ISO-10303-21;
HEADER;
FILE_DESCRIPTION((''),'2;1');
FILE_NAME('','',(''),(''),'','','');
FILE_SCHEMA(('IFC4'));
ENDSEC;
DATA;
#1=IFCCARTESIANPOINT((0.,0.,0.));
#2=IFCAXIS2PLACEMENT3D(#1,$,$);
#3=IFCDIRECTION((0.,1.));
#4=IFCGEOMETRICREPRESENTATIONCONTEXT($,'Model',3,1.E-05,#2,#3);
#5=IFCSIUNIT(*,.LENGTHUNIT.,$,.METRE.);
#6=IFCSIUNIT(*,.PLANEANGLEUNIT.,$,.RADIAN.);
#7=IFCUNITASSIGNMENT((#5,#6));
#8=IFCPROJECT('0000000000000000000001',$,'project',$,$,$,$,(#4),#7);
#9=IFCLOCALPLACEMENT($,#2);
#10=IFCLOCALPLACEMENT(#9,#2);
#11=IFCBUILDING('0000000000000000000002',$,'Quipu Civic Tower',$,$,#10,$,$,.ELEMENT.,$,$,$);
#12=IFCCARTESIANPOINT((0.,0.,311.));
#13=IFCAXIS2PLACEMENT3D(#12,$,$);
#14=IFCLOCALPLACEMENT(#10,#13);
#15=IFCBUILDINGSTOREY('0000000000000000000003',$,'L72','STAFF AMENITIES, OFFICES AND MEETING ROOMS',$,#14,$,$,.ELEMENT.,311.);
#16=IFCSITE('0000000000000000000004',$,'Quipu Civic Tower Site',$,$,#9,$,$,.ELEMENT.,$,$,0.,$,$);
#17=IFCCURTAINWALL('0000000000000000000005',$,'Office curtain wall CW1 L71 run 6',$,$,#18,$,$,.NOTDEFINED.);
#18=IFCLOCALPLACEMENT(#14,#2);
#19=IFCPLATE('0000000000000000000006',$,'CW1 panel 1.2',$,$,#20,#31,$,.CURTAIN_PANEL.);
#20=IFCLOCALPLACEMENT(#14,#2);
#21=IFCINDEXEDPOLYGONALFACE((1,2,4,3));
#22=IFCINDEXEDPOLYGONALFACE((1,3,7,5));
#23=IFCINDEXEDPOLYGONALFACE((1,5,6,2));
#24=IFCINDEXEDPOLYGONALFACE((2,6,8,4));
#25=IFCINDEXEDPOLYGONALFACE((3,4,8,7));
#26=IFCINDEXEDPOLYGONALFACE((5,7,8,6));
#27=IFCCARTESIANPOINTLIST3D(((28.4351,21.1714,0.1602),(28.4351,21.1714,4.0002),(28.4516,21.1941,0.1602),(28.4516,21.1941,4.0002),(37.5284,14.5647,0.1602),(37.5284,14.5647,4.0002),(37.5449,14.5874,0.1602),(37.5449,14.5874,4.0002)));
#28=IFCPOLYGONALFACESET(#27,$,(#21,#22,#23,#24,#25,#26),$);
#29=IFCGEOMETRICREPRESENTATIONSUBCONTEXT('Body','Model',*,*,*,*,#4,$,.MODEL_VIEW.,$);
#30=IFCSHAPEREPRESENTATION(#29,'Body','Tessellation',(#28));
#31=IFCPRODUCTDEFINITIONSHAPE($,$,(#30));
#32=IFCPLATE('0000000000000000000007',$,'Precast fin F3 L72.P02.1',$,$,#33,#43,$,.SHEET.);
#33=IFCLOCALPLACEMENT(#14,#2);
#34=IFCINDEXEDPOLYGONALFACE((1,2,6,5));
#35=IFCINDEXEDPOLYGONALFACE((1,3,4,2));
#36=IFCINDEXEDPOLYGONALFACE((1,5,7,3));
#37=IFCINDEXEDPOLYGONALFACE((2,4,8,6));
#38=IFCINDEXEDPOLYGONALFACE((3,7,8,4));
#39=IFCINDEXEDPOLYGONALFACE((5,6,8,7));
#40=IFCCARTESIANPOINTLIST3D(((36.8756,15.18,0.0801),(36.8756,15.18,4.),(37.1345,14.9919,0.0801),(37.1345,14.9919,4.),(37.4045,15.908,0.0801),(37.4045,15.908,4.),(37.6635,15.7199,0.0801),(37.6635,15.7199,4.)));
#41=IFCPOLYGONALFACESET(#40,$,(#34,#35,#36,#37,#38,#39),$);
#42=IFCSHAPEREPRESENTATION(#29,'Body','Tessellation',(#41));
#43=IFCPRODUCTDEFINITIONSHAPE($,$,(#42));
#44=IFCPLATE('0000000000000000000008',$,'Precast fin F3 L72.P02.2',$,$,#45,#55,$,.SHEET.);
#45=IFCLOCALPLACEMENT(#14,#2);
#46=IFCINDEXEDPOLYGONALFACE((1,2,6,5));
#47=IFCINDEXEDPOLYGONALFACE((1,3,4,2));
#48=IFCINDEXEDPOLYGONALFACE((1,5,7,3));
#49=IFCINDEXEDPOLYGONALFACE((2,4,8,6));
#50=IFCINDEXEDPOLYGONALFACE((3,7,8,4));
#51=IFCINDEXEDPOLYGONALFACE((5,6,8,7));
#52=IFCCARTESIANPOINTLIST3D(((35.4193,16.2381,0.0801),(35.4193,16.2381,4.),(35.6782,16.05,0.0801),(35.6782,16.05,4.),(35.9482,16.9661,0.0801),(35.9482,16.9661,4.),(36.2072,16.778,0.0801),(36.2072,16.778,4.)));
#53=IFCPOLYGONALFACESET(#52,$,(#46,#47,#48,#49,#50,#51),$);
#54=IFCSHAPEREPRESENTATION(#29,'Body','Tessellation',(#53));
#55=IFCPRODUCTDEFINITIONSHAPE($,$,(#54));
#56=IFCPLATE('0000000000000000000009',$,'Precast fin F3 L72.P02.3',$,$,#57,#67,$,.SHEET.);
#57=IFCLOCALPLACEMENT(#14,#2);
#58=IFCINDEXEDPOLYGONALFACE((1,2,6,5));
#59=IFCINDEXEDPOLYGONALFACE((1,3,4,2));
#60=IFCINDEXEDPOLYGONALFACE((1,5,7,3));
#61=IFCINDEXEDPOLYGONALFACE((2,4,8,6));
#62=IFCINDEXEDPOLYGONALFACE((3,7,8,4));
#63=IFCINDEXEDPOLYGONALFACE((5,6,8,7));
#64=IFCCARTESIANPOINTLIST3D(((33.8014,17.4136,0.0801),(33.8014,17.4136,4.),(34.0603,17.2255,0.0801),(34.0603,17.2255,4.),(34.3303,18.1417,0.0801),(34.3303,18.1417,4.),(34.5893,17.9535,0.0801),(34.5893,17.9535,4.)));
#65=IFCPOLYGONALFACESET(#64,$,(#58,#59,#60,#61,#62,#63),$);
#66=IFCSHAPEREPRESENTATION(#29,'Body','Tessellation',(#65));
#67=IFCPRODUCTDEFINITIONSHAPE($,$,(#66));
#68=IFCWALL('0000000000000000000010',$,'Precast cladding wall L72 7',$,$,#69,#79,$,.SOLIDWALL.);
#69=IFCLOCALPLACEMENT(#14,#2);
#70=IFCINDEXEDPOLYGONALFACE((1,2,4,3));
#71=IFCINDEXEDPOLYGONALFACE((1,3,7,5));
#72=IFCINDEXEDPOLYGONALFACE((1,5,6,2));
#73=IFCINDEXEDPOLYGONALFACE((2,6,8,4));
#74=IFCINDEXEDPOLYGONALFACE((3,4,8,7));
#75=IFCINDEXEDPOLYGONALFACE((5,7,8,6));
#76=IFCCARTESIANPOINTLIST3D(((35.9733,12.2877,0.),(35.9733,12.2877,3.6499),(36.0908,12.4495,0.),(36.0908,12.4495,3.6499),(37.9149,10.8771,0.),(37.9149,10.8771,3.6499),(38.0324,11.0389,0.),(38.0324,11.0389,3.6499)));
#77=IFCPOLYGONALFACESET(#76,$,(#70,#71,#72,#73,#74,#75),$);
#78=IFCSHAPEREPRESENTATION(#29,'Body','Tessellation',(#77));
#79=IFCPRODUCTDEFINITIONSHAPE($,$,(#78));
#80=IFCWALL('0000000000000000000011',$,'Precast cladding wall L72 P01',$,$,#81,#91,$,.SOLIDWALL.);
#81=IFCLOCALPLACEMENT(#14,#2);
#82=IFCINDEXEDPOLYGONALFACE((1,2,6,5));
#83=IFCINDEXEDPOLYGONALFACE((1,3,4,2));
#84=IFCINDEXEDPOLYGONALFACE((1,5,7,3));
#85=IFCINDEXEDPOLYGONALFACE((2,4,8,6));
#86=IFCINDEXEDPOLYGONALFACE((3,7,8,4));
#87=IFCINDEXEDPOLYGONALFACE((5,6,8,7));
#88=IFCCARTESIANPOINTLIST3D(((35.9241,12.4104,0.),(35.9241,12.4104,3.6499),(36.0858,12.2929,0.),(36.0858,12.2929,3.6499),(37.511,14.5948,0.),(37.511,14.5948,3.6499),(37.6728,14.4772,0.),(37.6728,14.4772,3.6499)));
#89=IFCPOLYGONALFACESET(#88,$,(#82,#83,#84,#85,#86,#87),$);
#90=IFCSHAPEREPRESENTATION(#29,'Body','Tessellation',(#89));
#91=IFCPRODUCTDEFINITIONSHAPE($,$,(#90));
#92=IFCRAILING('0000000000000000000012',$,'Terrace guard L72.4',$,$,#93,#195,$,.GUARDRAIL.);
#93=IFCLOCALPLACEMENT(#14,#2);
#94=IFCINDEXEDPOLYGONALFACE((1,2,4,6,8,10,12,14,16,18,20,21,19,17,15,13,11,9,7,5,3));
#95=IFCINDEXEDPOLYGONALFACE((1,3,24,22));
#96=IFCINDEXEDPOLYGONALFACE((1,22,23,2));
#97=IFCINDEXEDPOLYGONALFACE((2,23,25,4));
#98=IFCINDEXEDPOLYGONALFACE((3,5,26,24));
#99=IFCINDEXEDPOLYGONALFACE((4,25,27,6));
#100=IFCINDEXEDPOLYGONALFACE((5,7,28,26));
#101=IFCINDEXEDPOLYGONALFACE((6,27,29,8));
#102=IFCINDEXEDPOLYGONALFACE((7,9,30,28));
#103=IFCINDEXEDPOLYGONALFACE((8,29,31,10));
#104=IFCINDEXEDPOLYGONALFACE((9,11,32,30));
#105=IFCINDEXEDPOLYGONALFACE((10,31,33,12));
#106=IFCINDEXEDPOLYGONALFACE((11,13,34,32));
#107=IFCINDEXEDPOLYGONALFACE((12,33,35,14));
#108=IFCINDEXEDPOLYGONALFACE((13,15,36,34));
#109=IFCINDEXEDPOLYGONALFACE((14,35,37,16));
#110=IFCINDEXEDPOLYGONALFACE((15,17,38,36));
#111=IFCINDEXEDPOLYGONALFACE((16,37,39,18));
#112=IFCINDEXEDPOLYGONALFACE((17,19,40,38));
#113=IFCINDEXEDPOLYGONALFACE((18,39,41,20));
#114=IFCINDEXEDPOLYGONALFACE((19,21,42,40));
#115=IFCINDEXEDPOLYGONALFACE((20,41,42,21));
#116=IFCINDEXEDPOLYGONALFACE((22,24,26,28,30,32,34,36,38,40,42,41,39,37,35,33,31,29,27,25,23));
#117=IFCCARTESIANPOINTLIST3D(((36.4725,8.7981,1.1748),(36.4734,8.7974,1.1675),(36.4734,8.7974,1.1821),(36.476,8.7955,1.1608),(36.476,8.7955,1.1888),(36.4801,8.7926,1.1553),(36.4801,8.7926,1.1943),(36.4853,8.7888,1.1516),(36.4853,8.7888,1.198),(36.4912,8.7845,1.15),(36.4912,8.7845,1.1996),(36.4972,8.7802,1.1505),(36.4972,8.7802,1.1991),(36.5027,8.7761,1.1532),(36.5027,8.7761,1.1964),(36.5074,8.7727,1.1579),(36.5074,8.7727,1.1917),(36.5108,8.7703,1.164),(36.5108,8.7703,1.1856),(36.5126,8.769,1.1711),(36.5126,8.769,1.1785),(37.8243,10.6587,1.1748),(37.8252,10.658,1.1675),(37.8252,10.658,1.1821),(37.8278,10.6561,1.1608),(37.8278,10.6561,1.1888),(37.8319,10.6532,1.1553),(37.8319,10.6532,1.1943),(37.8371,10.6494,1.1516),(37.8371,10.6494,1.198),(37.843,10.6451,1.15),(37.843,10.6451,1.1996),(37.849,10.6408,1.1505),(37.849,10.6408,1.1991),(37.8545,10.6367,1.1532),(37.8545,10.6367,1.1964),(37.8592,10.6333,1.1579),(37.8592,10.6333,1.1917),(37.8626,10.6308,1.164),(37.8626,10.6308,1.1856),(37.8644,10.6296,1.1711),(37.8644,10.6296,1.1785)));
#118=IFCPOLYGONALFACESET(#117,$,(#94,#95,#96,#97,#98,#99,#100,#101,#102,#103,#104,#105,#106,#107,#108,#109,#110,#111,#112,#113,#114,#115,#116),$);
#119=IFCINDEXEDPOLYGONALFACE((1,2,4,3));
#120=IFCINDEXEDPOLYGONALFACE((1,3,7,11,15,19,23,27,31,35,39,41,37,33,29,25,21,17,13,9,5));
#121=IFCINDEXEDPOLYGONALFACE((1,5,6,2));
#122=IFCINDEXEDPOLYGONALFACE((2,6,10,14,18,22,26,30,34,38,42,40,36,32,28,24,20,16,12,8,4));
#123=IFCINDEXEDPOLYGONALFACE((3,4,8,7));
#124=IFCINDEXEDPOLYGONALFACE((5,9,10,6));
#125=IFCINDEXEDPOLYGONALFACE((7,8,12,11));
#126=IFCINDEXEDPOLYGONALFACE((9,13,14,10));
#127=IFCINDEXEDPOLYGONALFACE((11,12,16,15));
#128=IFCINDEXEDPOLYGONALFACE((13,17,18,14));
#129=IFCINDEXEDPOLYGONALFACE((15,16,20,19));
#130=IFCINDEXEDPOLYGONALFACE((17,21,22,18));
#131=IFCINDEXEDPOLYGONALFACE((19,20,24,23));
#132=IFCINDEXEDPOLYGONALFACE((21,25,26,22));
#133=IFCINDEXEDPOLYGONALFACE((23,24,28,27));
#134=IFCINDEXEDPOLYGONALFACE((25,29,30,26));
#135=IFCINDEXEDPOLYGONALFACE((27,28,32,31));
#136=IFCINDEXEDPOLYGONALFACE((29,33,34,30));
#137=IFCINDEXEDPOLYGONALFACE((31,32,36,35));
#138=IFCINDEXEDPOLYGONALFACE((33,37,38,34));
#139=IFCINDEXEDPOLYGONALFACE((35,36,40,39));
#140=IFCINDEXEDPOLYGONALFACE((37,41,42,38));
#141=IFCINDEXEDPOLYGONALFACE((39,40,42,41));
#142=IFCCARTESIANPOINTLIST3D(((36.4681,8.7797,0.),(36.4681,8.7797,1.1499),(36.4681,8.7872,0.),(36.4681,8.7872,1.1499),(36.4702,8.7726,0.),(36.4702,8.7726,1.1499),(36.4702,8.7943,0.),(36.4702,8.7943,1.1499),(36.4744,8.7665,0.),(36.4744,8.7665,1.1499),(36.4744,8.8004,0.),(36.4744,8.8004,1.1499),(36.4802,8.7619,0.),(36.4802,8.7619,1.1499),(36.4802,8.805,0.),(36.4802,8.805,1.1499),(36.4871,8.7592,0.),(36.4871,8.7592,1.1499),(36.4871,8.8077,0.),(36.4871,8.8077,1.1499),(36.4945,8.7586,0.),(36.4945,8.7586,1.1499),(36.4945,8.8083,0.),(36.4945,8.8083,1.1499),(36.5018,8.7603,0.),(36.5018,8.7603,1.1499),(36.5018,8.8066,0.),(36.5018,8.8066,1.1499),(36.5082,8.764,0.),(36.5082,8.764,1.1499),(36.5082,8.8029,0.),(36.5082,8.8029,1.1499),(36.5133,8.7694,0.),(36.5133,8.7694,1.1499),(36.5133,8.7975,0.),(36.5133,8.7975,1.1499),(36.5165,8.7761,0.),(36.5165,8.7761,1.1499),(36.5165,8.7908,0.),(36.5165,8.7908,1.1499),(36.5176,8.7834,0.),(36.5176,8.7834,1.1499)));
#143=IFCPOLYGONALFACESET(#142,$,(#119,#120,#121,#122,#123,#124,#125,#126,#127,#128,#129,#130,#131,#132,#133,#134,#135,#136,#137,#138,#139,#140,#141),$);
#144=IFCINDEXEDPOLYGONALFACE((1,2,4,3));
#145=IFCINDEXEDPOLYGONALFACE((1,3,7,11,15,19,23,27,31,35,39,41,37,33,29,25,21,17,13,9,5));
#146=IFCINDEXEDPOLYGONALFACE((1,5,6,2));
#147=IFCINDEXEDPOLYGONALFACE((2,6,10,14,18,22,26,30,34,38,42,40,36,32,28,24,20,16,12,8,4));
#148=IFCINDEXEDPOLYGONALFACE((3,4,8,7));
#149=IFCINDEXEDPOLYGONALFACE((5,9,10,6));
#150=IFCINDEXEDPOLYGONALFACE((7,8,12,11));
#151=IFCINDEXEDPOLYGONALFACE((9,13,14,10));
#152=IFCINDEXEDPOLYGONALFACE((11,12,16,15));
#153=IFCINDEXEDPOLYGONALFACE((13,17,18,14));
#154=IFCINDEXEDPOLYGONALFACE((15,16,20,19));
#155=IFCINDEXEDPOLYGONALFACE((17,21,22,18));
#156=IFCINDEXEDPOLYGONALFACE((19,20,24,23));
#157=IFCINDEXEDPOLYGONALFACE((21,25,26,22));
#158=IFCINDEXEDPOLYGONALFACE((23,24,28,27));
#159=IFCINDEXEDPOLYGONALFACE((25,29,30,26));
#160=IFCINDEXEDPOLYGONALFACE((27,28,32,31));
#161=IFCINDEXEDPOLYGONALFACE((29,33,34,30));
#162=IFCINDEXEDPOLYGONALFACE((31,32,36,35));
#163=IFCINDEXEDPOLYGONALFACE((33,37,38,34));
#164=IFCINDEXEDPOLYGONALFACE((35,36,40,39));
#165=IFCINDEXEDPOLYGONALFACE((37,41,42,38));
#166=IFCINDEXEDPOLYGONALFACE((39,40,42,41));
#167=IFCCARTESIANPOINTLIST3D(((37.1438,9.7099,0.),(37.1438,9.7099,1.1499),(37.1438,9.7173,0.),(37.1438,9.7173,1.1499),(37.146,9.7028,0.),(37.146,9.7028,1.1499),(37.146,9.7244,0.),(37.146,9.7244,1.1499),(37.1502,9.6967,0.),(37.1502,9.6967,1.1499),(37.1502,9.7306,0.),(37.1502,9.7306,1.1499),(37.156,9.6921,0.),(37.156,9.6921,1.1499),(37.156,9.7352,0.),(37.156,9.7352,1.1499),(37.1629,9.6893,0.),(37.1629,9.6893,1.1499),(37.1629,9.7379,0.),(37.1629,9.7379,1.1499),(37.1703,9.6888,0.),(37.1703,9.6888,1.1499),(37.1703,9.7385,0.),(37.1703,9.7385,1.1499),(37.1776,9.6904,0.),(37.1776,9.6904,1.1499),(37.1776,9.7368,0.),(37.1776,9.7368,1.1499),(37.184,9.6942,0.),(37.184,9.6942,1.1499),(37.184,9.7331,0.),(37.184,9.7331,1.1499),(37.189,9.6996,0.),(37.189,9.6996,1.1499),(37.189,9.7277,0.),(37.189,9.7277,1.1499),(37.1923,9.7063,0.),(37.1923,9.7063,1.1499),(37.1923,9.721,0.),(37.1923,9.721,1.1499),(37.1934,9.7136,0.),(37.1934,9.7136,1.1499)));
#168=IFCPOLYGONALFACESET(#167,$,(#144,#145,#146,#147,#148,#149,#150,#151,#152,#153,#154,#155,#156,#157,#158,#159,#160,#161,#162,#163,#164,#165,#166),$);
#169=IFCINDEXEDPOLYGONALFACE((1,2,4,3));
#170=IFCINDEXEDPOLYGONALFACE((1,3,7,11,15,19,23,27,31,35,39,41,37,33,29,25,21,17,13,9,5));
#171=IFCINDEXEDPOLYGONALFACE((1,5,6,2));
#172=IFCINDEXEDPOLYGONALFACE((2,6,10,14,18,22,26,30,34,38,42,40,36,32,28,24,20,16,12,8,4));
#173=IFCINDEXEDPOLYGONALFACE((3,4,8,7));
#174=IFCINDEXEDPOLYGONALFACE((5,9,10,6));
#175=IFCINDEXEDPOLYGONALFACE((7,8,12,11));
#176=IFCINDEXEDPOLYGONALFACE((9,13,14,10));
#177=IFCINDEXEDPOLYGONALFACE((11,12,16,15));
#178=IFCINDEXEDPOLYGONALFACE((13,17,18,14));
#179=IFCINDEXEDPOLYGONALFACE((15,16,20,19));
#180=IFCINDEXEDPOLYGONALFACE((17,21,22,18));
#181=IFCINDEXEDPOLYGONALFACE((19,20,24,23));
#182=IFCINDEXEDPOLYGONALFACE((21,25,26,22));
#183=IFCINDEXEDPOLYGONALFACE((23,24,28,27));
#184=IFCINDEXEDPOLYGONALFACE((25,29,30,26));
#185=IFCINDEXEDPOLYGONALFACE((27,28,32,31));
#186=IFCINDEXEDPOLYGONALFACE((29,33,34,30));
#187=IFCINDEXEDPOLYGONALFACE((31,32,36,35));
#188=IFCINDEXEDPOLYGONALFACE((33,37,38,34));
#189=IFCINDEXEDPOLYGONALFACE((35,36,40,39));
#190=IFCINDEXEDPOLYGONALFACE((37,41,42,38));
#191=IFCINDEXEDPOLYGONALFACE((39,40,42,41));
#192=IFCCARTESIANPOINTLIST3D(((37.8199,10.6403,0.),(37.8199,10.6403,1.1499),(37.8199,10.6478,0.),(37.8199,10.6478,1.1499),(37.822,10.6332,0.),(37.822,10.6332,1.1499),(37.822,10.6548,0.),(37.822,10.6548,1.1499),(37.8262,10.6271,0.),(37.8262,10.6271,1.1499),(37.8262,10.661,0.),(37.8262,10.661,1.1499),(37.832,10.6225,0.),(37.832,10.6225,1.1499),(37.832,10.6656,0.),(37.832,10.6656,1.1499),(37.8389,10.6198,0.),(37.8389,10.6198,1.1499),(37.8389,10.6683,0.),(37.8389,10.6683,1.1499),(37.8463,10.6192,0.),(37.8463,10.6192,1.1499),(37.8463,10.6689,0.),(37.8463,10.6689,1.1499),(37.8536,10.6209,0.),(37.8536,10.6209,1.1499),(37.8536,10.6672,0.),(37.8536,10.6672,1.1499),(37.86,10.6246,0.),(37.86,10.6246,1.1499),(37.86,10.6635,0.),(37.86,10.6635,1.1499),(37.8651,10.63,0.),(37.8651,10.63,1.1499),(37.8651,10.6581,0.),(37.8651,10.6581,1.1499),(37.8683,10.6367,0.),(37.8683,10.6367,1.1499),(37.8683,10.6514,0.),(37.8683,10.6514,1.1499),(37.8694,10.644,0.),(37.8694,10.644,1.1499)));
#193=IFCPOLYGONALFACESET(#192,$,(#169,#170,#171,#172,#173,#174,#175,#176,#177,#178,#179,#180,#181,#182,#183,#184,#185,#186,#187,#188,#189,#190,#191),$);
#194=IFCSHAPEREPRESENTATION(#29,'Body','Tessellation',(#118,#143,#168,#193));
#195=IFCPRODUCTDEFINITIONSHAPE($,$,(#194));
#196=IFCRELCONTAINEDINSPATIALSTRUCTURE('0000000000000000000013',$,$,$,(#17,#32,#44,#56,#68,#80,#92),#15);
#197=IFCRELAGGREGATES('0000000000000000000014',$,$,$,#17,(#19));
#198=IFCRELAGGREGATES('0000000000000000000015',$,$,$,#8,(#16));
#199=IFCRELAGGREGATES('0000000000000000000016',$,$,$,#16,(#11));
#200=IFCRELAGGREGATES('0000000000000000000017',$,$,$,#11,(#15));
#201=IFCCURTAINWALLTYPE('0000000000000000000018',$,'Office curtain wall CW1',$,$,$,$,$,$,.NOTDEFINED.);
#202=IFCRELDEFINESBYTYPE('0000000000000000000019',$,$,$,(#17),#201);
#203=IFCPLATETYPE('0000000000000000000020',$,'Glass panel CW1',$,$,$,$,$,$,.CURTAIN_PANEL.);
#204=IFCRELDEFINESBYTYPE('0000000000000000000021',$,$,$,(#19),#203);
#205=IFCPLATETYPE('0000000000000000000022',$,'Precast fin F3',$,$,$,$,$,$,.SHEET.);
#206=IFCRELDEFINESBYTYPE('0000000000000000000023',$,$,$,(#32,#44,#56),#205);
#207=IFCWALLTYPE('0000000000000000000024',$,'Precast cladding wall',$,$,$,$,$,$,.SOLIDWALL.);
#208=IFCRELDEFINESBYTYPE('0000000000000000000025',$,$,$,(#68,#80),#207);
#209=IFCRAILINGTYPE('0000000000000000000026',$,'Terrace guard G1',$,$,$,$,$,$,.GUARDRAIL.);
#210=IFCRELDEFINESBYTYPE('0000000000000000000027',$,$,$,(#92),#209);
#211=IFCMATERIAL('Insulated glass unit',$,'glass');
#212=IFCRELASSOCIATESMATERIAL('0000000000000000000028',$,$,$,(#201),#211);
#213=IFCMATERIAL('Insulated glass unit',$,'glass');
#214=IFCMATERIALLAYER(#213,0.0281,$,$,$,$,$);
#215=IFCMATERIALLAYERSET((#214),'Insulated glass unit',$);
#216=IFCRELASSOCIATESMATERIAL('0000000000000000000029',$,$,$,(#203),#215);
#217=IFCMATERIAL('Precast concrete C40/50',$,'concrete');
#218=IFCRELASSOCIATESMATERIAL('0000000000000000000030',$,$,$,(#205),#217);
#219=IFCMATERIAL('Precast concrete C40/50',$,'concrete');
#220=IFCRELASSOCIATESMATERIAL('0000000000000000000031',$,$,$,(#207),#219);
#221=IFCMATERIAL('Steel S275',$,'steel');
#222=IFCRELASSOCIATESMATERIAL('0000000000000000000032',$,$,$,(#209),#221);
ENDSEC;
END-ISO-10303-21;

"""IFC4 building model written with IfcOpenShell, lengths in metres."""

from ifc_helpers import new_model, si_unit, direction, frame, frame_2d, origin, origin_2d, place, context, subcontext, project, spatial, rectangle, circle, extrude, material, layer, layer_set, type_object, element, aggregate, save


model = new_model("IFC4")

# Units and contexts
model_context = context("Model", 3, precision=1e-05, world=origin(), true_north=direction((0.0, 1.0)))
body_context = subcontext(model_context, "Body", "Model", "MODEL_VIEW")
ifc_project = project(units=[si_unit("LENGTHUNIT", "METRE"), si_unit("PLANEANGLEUNIT", "RADIAN")], contexts=[model_context])

# Site, building, storey
site_placement = place(None, origin())
site = spatial("IfcSite", under=ifc_project, at=site_placement, Name="Quipu Civic Tower Site", CompositionType="ELEMENT", RefElevation=0.0)
building_placement = place(site_placement, origin())
building = spatial("IfcBuilding", under=site, at=building_placement, Name="Quipu Civic Tower", CompositionType="ELEMENT")
storey_placement = place(building_placement, frame((0.0, 0.0, 311.0)))
storey = spatial("IfcBuildingStorey", under=building, at=storey_placement, Name="L72", Description="STAFF AMENITIES, OFFICES AND MEETING ROOMS", CompositionType="ELEMENT", Elevation=311.0)

# Shared definitions
ifc_material_1 = material(Name="Insulated glass unit", Category="glass")
curtain_wall_type = type_object("IfcCurtainWallType", Name="Office curtain wall CW1", PredefinedType="NOTDEFINED", material=ifc_material_1)

# Curtain wall
curtain_wall_1_placement = place(storey_placement, origin())
curtain_wall_1 = element("IfcCurtainWall", 1, at=curtain_wall_1_placement, inside=storey, type_object=curtain_wall_type, Name="Office curtain wall CW1 L71 run 6", PredefinedType="NOTDEFINED")

# Plate
ifc_material_2 = material(Name="Insulated glass unit", Category="glass")
ifc_layer = layer(ifc_material_2, 0.0281)
ifc_layer_set = layer_set([ifc_layer], Name="Insulated glass unit")
plate_type_1 = type_object("IfcPlateType", Name="Glass panel CW1", PredefinedType="CURTAIN_PANEL", material=ifc_layer_set)
plate_1_placement = place(storey_placement, frame((32.99, 17.8794, 0.1602), z_axis=(0.0, 0.0, 1.0), x_axis=(-0.809015, 0.587788, 0.0)))
plate_1 = element("IfcPlate", 2, at=plate_1_placement, type_object=plate_type_1, Name="CW1 panel 1.2", PredefinedType="CURTAIN_PANEL", context=body_context, shape_type="SweptSolid", body=[
    extrude(rectangle(XDim=11.24, YDim=0.0281, at=origin_2d()), origin(), (0.0, 0.0, 1.0), 3.8401),
])
aggregate(curtain_wall_1, [plate_1])

# Plates
ifc_material_3 = material(Name="Precast concrete C40/50", Category="concrete")
plate_type_2 = type_object("IfcPlateType", Name="Precast fin F3", PredefinedType="SHEET", material=ifc_material_3)
for number, where, z_axis, x_axis, name in (
    (3, (37.2695, 15.45, 0.0801), (0.0, 0.0, 1.0), (-0.809017, 0.587785, 0.0), "Precast fin F3 L72.P02.1"),
    (4, (35.8132, 16.5081, 0.0801), (0.0, 0.0, 1.0), (-0.809017, 0.587785, 0.0), "Precast fin F3 L72.P02.2"),
    (5, (34.1953, 17.6836, 0.0801), (0.0, 0.0, 1.0), (-0.809017, 0.587785, 0.0), "Precast fin F3 L72.P02.3"),
):
    element("IfcPlate", number, at=place(storey_placement, frame(where, z_axis=z_axis, x_axis=x_axis)), inside=storey, type_object=plate_type_2, Name=name, PredefinedType="SHEET", context=body_context, shape_type="SweptSolid", body=[
        extrude(rectangle(XDim=0.3201, YDim=0.8999, at=origin_2d()), origin(), (0.0, 0.0, 1.0), 3.9199),
    ])

# Walls
ifc_material_4 = material(Name="Precast concrete C40/50", Category="concrete")
wall_type = type_object("IfcWallType", Name="Precast cladding wall", PredefinedType="SOLIDWALL", material=ifc_material_4)
wall_1_placement = place(storey_placement, frame((37.9736, 10.958, 0.0), z_axis=(0.0, 0.0, 1.0), x_axis=(-0.809026, 0.587772, 0.0)))
element("IfcWall", 6, at=wall_1_placement, inside=storey, type_object=wall_type, Name="Precast cladding wall L72 7", PredefinedType="SOLIDWALL", context=body_context, shape_type="SweptSolid", body=[
    extrude(rectangle(XDim=2.3999, YDim=0.2, at=frame_2d((1.2, 0.0))), origin(), (0.0, 0.0, 1.0), 3.6499),
])
wall_2_placement = place(storey_placement, frame((36.0049, 12.3516, 0.0), z_axis=(0.0, 0.0, 1.0), x_axis=(0.587763, 0.809033, 0.0)))
element("IfcWall", 7, at=wall_2_placement, inside=storey, type_object=wall_type, Name="Precast cladding wall L72 P01", PredefinedType="SOLIDWALL", context=body_context, shape_type="SweptSolid", body=[
    extrude(rectangle(XDim=2.7, YDim=0.2, at=frame_2d((1.3501, 0.0))), origin(), (0.0, 0.0, 1.0), 3.6499),
])

# Railing
ifc_material_5 = material(Name="Steel S275", Category="steel")
railing_type = type_object("IfcRailingType", Name="Terrace guard G1", PredefinedType="GUARDRAIL", material=ifc_material_5)
railing_placement = place(storey_placement, frame((36.4927, 8.7834, 0.0)))
element("IfcRailing", 8, at=railing_placement, inside=storey, type_object=railing_type, Name="Terrace guard L72.4", PredefinedType="GUARDRAIL", context=body_context, shape_type="SweptSolid", body=[
    extrude(circle(Radius=0.0249, at=origin_2d()), frame((0.0, 0.0, 1.1748), z_axis=(0.587787, 0.809016, 0.0), x_axis=(-0.809016, 0.587787, 0.0)), (0.0, 0.0, 1.0), 2.2998),
    extrude(circle(Radius=0.0249, at=origin_2d()), origin(), (0.0, 0.0, 1.0), 1.1499),
    extrude(circle(Radius=0.0249, at=origin_2d()), frame((0.6758, 0.9302, 0.0)), (0.0, 0.0, 1.0), 1.1499),
    extrude(circle(Radius=0.0249, at=origin_2d()), frame((1.3518, 1.8606, 0.0)), (0.0, 0.0, 1.0), 1.1499),
])

save(model, "model.ifc")
